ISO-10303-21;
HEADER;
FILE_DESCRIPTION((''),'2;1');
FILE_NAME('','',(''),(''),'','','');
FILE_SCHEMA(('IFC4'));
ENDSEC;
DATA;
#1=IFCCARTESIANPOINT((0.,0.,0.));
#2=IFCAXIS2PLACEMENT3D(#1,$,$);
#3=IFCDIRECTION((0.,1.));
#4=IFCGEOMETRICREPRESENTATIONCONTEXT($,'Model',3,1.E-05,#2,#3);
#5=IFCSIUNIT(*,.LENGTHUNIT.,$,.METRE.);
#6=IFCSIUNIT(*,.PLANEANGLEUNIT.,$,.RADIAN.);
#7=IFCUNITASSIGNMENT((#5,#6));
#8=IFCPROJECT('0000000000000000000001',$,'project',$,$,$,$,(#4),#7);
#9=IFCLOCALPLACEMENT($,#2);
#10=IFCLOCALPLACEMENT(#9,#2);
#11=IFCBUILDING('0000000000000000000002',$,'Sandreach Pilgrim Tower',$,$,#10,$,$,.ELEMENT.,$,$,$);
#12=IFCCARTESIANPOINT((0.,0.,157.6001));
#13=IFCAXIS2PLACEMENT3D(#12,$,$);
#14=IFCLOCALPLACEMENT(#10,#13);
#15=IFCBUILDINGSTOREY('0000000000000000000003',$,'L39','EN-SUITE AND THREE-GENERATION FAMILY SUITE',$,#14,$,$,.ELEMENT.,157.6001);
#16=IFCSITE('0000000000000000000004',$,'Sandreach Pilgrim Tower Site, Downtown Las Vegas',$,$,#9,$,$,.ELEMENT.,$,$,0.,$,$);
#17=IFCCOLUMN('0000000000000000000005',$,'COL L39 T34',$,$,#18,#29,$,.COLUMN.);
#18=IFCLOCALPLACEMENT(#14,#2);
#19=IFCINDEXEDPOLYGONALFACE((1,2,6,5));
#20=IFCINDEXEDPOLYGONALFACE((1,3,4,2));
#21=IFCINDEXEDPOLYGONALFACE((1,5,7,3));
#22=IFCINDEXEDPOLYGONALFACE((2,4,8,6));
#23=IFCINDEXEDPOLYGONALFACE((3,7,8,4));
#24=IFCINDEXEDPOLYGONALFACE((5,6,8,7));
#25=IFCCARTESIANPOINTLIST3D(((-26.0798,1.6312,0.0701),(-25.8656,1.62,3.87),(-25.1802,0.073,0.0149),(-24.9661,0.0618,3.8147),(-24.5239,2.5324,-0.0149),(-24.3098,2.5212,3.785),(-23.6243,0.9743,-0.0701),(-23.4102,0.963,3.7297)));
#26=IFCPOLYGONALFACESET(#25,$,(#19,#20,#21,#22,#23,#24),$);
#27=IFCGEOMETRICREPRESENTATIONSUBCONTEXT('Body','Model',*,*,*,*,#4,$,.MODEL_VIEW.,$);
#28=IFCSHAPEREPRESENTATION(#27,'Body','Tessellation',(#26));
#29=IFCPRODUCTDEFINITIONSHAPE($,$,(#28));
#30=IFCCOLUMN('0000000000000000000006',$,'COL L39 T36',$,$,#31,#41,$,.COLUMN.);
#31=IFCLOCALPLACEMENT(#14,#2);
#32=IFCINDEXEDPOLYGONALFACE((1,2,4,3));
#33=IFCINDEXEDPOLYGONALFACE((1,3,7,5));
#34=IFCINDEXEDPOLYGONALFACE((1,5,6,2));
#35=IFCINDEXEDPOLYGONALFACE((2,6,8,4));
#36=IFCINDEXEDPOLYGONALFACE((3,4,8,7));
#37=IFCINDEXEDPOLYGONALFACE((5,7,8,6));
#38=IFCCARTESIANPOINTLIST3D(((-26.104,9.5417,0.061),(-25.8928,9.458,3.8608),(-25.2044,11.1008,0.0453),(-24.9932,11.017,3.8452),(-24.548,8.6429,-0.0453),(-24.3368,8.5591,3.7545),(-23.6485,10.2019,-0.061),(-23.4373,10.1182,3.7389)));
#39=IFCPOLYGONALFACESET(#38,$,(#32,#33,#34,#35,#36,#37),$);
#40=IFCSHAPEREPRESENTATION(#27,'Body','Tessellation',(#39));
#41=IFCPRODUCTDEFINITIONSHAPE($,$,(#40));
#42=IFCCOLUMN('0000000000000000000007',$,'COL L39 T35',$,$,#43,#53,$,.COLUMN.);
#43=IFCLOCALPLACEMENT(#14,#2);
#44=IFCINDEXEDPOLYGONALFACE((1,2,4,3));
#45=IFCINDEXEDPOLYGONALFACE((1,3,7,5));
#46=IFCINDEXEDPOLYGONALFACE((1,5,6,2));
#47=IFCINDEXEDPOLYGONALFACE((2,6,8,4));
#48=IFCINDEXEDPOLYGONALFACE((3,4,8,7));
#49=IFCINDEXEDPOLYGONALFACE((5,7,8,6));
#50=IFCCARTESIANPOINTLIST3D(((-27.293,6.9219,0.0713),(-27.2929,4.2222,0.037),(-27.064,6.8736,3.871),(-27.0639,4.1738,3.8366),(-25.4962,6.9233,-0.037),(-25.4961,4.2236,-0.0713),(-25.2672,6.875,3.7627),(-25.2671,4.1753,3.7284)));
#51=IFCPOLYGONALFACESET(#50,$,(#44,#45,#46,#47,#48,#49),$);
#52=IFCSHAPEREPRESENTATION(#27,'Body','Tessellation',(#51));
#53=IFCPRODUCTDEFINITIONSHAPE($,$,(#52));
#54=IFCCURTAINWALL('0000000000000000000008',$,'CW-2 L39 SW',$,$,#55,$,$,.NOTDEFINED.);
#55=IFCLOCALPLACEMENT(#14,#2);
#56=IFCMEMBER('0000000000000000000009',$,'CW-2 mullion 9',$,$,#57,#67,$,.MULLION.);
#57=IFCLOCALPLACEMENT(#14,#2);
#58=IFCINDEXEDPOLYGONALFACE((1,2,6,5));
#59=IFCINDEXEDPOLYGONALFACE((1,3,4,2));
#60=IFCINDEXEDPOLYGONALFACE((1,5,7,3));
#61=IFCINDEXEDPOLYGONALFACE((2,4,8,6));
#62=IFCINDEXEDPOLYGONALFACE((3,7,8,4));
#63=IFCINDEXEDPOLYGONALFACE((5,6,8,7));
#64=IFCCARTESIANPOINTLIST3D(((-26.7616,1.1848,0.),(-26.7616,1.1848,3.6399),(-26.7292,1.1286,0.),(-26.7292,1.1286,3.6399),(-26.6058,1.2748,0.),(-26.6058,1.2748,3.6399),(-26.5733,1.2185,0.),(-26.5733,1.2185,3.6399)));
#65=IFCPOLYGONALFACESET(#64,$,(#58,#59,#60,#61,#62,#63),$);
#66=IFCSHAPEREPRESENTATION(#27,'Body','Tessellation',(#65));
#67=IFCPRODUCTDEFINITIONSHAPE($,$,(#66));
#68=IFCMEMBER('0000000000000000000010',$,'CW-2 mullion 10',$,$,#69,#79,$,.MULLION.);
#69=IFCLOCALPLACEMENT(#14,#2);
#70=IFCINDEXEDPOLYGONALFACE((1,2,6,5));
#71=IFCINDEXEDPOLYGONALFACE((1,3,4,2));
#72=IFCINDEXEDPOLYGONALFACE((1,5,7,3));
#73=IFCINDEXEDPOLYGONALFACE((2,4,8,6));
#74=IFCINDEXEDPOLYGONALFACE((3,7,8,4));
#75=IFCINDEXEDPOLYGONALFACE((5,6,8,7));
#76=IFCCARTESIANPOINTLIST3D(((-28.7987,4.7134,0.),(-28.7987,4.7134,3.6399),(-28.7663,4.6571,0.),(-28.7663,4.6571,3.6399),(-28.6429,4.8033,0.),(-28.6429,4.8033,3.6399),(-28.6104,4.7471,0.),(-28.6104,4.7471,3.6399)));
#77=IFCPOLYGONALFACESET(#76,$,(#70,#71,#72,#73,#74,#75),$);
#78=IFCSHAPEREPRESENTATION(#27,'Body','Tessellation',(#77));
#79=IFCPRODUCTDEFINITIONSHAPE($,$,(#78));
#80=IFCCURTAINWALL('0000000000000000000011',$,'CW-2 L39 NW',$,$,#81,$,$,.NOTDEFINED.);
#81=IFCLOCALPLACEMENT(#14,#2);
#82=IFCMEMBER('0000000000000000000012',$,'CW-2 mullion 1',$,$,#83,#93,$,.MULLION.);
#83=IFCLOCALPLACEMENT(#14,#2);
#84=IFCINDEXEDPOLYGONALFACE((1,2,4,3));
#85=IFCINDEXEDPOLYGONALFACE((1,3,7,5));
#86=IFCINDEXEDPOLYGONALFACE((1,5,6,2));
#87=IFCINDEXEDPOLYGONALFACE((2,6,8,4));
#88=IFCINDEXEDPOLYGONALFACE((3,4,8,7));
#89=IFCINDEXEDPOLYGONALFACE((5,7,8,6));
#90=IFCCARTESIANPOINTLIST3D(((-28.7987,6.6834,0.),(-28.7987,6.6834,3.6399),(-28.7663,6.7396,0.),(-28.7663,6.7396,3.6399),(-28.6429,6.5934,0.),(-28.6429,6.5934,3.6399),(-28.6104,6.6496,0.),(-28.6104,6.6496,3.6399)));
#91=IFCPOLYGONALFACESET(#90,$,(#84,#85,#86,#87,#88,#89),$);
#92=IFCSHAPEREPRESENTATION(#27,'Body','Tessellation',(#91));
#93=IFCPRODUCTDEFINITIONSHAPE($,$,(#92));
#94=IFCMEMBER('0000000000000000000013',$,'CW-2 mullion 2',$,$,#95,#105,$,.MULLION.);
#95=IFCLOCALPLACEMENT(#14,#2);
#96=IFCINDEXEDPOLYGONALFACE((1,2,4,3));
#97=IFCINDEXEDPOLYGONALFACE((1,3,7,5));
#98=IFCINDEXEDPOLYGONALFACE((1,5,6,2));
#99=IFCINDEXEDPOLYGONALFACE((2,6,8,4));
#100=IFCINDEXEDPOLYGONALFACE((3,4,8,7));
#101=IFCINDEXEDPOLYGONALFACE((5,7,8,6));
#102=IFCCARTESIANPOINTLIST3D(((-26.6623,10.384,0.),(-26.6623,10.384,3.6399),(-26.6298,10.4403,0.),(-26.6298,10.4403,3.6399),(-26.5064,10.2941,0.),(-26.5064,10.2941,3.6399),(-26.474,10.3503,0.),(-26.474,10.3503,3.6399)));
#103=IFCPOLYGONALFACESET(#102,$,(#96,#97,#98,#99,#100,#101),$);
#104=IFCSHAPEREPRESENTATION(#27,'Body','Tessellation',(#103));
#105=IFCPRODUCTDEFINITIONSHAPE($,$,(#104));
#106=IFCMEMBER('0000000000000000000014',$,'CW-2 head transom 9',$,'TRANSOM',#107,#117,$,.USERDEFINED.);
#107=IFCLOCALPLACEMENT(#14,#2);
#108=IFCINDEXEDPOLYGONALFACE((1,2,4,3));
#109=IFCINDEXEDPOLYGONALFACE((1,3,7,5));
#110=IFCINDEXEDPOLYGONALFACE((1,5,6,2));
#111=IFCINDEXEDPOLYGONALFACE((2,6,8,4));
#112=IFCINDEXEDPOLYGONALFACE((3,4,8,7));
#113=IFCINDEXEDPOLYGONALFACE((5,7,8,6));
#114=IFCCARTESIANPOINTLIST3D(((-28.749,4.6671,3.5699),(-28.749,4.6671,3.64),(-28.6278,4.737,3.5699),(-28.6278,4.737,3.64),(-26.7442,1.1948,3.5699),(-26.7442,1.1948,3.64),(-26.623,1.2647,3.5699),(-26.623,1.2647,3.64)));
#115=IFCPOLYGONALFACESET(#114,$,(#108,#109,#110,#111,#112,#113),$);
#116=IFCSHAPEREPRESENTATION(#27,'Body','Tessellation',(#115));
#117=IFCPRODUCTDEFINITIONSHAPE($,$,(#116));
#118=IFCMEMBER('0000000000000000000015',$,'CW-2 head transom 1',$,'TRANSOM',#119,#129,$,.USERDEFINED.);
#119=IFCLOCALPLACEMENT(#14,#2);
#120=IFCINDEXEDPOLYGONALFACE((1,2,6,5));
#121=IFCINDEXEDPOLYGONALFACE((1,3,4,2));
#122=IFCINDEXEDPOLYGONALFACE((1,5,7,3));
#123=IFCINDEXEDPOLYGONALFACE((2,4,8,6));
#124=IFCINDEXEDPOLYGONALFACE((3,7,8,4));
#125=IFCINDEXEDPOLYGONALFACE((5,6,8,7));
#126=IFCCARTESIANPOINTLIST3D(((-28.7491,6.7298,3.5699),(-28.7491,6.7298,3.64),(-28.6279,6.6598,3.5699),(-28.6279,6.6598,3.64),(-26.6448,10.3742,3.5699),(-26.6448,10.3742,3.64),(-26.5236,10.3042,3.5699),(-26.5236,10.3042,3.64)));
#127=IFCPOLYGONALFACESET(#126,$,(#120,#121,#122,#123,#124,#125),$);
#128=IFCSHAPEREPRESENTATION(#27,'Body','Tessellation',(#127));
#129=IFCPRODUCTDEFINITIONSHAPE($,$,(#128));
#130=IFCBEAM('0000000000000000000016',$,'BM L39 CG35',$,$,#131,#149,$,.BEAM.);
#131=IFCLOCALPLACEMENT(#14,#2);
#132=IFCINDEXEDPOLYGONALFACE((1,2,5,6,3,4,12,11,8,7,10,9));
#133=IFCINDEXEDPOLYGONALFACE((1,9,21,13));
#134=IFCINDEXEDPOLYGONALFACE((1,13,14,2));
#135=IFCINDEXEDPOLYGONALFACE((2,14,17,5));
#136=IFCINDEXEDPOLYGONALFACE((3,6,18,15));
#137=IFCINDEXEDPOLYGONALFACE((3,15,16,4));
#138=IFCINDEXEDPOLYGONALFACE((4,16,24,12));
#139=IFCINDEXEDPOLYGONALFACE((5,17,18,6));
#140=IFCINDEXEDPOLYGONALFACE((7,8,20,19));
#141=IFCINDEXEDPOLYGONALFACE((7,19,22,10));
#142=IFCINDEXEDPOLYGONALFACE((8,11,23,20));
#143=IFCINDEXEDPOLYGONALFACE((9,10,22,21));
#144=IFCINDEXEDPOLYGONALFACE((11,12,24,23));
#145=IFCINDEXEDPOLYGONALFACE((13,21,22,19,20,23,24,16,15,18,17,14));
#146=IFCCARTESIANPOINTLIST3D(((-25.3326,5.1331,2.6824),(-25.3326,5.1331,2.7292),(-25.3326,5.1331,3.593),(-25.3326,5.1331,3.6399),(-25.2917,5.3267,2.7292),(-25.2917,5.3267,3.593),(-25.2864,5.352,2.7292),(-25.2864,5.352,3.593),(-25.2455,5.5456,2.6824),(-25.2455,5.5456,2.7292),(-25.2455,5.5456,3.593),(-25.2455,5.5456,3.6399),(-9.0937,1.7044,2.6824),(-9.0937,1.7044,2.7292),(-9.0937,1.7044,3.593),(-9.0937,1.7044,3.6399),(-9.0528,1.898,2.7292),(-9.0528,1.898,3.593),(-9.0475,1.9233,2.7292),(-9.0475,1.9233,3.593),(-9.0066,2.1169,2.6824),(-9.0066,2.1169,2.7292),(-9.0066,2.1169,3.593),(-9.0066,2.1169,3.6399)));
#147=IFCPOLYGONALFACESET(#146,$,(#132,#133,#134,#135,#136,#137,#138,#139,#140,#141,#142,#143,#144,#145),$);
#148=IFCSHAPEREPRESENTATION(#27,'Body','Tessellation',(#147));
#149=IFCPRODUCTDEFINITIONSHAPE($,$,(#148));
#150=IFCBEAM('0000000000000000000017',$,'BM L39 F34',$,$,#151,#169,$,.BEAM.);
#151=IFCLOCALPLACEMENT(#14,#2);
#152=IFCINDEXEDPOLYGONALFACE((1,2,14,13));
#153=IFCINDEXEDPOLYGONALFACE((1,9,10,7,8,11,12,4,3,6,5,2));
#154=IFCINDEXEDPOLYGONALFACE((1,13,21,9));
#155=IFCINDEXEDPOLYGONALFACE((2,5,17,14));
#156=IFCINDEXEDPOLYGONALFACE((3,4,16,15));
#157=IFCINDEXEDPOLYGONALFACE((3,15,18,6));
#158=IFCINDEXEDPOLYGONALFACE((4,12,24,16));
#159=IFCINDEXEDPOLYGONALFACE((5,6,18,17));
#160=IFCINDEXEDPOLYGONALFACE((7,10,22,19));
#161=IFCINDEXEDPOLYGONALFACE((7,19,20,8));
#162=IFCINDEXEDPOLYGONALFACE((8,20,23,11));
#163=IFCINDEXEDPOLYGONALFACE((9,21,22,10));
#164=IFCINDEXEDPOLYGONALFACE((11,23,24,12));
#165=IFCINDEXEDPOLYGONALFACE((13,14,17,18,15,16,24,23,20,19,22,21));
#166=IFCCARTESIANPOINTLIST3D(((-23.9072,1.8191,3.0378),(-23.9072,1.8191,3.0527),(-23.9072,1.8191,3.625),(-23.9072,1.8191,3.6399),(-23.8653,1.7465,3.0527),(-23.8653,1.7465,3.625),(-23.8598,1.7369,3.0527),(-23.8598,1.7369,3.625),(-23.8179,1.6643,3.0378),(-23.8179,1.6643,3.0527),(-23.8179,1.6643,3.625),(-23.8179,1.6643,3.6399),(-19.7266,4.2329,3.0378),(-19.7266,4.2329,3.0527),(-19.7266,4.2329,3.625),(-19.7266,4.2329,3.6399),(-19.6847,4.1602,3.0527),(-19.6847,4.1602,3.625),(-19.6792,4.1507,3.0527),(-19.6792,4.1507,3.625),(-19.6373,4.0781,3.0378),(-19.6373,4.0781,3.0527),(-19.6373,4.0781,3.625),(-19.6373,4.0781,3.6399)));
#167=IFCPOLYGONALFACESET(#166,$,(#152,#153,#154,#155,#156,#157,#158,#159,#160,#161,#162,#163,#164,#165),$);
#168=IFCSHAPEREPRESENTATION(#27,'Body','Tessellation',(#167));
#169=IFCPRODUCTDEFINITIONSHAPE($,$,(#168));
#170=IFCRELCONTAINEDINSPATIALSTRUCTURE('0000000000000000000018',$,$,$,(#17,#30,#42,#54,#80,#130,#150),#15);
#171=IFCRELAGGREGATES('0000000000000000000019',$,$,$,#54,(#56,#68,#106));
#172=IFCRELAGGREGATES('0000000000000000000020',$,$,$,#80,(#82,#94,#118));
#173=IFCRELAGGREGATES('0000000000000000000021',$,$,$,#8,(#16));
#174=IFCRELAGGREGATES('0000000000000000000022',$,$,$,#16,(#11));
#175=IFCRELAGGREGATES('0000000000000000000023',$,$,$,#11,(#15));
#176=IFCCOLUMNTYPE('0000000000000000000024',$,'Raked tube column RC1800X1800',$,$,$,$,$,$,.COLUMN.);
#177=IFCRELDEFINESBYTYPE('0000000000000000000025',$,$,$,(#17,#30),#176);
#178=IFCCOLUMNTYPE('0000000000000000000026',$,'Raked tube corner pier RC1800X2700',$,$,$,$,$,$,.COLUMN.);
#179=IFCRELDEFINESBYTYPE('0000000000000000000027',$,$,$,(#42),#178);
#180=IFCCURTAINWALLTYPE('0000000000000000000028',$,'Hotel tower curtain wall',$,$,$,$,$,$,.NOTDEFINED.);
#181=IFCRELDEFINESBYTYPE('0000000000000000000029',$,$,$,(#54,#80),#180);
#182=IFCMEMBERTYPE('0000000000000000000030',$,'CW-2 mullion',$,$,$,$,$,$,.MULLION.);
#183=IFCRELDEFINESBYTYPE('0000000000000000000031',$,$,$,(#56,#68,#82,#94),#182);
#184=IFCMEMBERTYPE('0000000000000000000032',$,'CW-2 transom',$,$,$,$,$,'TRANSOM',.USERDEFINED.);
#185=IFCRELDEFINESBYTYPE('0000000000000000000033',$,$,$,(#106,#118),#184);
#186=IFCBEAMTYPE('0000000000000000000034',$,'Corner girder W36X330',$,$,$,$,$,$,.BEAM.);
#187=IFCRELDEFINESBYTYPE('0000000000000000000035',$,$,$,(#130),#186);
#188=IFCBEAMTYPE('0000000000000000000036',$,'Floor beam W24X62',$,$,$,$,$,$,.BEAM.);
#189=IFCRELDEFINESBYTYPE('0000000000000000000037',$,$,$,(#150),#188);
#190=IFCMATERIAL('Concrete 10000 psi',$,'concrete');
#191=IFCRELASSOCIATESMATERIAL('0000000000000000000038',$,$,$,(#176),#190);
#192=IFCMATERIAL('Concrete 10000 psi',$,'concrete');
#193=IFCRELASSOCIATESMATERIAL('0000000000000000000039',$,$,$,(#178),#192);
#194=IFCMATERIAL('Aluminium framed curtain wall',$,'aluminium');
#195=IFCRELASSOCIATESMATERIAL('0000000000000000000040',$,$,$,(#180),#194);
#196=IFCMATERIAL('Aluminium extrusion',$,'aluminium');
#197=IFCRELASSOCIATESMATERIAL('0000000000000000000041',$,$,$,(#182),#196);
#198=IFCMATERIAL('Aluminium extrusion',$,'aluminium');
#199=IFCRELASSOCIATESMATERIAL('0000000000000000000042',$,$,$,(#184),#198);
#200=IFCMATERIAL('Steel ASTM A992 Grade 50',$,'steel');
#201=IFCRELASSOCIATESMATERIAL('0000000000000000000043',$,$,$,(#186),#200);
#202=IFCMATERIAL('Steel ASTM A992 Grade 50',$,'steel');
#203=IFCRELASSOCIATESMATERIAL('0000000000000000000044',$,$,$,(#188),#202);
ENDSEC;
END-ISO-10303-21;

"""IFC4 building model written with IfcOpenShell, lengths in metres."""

from ifc_helpers import new_model, si_unit, direction, frame, origin, origin_2d, place, context, subcontext, project, spatial, rectangle, i_section, extrude, material, material_profile, profile_set, type_object, element, aggregate, save


model = new_model("IFC4")

# Units and contexts
model_context = context("Model", 3, precision=1e-05, world=origin(), true_north=direction((0.0, 1.0)))
body_context = subcontext(model_context, "Body", "Model", "MODEL_VIEW")
ifc_project = project(units=[si_unit("LENGTHUNIT", "METRE"), si_unit("PLANEANGLEUNIT", "RADIAN")], contexts=[model_context])

# Site, building, storey
site_placement = place(None, origin())
site = spatial("IfcSite", under=ifc_project, at=site_placement, Name="Sandreach Pilgrim Tower Site, Downtown Las Vegas", CompositionType="ELEMENT", RefElevation=0.0)
building_placement = place(site_placement, origin())
building = spatial("IfcBuilding", under=site, at=building_placement, Name="Sandreach Pilgrim Tower", CompositionType="ELEMENT")
storey_placement = place(building_placement, frame((0.0, 0.0, 157.6001)))
storey = spatial("IfcBuildingStorey", under=building, at=storey_placement, Name="L39", Description="EN-SUITE AND THREE-GENERATION FAMILY SUITE", CompositionType="ELEMENT", Elevation=157.6001)

# Columns
ifc_material_1 = material(Name="Concrete 10000 psi", Category="concrete")
ifc_material_profile_1 = material_profile(ifc_material_1, rectangle(XDim=1.8, YDim=1.8, at=origin_2d()), Name="RC1800X1800")
ifc_profile_set_1 = profile_set([ifc_material_profile_1], Name="Concrete 10000 psi")
column_type_1 = type_object("IfcColumnType", Name="Raked tube column RC1800X1800", PredefinedType="COLUMN", material=ifc_profile_set_1)
column_1_placement = place(storey_placement, frame((-24.8521, 1.3027, 0.0), z_axis=(0.056258, -0.002951, 0.998412), x_axis=(-0.864347, -0.500673, 0.047224)))
element("IfcColumn", 1, at=column_1_placement, inside=storey, type_object=column_type_1, Name="COL L39 T34", PredefinedType="COLUMN", context=body_context, shape_type="SweptSolid", body=[
    extrude(rectangle(XDim=1.8, YDim=1.8, at=origin_2d()), origin(), (0.0, 0.0, 1.0), 3.8059),
])
column_2_placement = place(storey_placement, frame((-24.8762, 9.8718, 0.0), z_axis=(0.055478, -0.021999, 0.998218), x_axis=(-0.864393, 0.499339, 0.059045)))
element("IfcColumn", 2, at=column_2_placement, inside=storey, type_object=column_type_1, Name="COL L39 T36", PredefinedType="COLUMN", context=body_context, shape_type="SweptSolid", body=[
    extrude(rectangle(XDim=1.8, YDim=1.8, at=origin_2d()), origin(), (0.0, 0.0, 1.0), 3.8066),
])
ifc_material_2 = material(Name="Concrete 10000 psi", Category="concrete")
ifc_material_profile_2 = material_profile(ifc_material_2, rectangle(XDim=1.8, YDim=2.7, at=origin_2d()), Name="RC1800X2700")
ifc_profile_set_2 = profile_set([ifc_material_profile_2], Name="Concrete 10000 psi")
column_type_2 = type_object("IfcColumnType", Name="Raked tube corner pier RC1800X2700", PredefinedType="COLUMN", material=ifc_profile_set_2)
column_3_placement = place(storey_placement, frame((-26.3945, 5.5728, 0.0), z_axis=(0.060153, -0.012698, 0.998108), x_axis=(-0.998189, -0.000809, 0.060148)))
element("IfcColumn", 3, at=column_3_placement, inside=storey, type_object=column_type_2, Name="COL L39 T35", PredefinedType="COLUMN", context=body_context, shape_type="SweptSolid", body=[
    extrude(rectangle(XDim=1.8, YDim=2.7, at=origin_2d()), origin(), (0.0, 0.0, 1.0), 3.8069),
])

# Curtain walls, members
ifc_material_3 = material(Name="Aluminium framed curtain wall", Category="aluminium")
curtain_wall_type = type_object("IfcCurtainWallType", Name="Hotel tower curtain wall", PredefinedType="NOTDEFINED", material=ifc_material_3)
curtain_wall_1_placement = place(storey_placement, origin())
curtain_wall_1 = element("IfcCurtainWall", 4, at=curtain_wall_1_placement, inside=storey, type_object=curtain_wall_type, Name="CW-2 L39 SW", PredefinedType="NOTDEFINED")
ifc_material_4 = material(Name="Aluminium extrusion", Category="aluminium")
ifc_material_profile_3 = material_profile(ifc_material_4, rectangle(XDim=0.0649, YDim=0.1799, at=origin_2d()), Name="CW-2M 65X180")
ifc_profile_set_3 = profile_set([ifc_material_profile_3], Name="Aluminium extrusion")
member_type_1 = type_object("IfcMemberType", Name="CW-2 mullion", PredefinedType="MULLION", material=ifc_profile_set_3)
member_1_placement = place(storey_placement, frame((-26.6675, 1.2017, 0.0), z_axis=(0.0, 0.0, 1.0), x_axis=(-0.5, 0.866025, 0.0)))
member_1 = element("IfcMember", 5, at=member_1_placement, type_object=member_type_1, Name="CW-2 mullion 9", PredefinedType="MULLION", context=body_context, shape_type="SweptSolid", body=[
    extrude(rectangle(XDim=0.0649, YDim=0.1799, at=origin_2d()), origin(), (0.0, 0.0, 1.0), 3.6399),
])
member_2_placement = place(storey_placement, frame((-28.7046, 4.7302, 0.0), z_axis=(0.0, 0.0, 1.0), x_axis=(-0.5, 0.866025, 0.0)))
member_2 = element("IfcMember", 6, at=member_2_placement, type_object=member_type_1, Name="CW-2 mullion 10", PredefinedType="MULLION", context=body_context, shape_type="SweptSolid", body=[
    extrude(rectangle(XDim=0.0649, YDim=0.1799, at=origin_2d()), origin(), (0.0, 0.0, 1.0), 3.6399),
])
curtain_wall_2_placement = place(storey_placement, origin())
curtain_wall_2 = element("IfcCurtainWall", 7, at=curtain_wall_2_placement, inside=storey, type_object=curtain_wall_type, Name="CW-2 L39 NW", PredefinedType="NOTDEFINED")
member_3_placement = place(storey_placement, frame((-28.7046, 6.6665, 0.0), z_axis=(0.0, 0.0, 1.0), x_axis=(0.5, 0.866025, 0.0)))
member_3 = element("IfcMember", 8, at=member_3_placement, type_object=member_type_1, Name="CW-2 mullion 1", PredefinedType="MULLION", context=body_context, shape_type="SweptSolid", body=[
    extrude(rectangle(XDim=0.0649, YDim=0.1799, at=origin_2d()), origin(), (0.0, 0.0, 1.0), 3.6399),
])
member_4_placement = place(storey_placement, frame((-26.5681, 10.3672, 0.0), z_axis=(0.0, 0.0, 1.0), x_axis=(0.5, 0.866025, 0.0)))
member_4 = element("IfcMember", 9, at=member_4_placement, type_object=member_type_1, Name="CW-2 mullion 2", PredefinedType="MULLION", context=body_context, shape_type="SweptSolid", body=[
    extrude(rectangle(XDim=0.0649, YDim=0.1799, at=origin_2d()), origin(), (0.0, 0.0, 1.0), 3.6399),
])

# Members
ifc_material_5 = material(Name="Aluminium extrusion", Category="aluminium")
ifc_material_profile_4 = material_profile(ifc_material_5, rectangle(XDim=0.1399, YDim=0.0701, at=origin_2d()), Name="CW-2T 140X70")
ifc_profile_set_4 = profile_set([ifc_material_profile_4], Name="Aluminium extrusion")
member_type_2 = type_object("IfcMemberType", Name="CW-2 transom", ElementType="TRANSOM", PredefinedType="USERDEFINED", material=ifc_profile_set_4)
member_5_placement = place(storey_placement, frame((-26.6836, 1.2297, 3.605), z_axis=(-0.500016, 0.866016, 0.0), x_axis=(-0.866016, -0.500016, 0.0)))
member_5 = element("IfcMember", 10, at=member_5_placement, type_object=member_type_2, Name="CW-2 head transom 9", ObjectType="TRANSOM", PredefinedType="USERDEFINED", context=body_context, shape_type="SweptSolid", body=[
    extrude(rectangle(XDim=0.1399, YDim=0.0701, at=origin_2d()), origin(), (0.0, 0.0, 1.0), 4.0095),
])
member_6_placement = place(storey_placement, frame((-28.6885, 6.6948, 3.605), z_axis=(0.500039, 0.866003, 0.0), x_axis=(-0.866003, 0.500039, 0.0)))
member_6 = element("IfcMember", 11, at=member_6_placement, type_object=member_type_2, Name="CW-2 head transom 1", ObjectType="TRANSOM", PredefinedType="USERDEFINED", context=body_context, shape_type="SweptSolid", body=[
    extrude(rectangle(XDim=0.1399, YDim=0.0701, at=origin_2d()), origin(), (0.0, 0.0, 1.0), 4.2083),
])

# Beams
ifc_material_6 = material(Name="Steel ASTM A992 Grade 50", Category="steel")
ifc_material_profile_5 = material_profile(ifc_material_6, i_section(OverallWidth=0.4216, OverallDepth=0.9575, WebThickness=0.0259, FlangeThickness=0.0469, at=origin_2d()), Name="W36X330")
ifc_profile_set_5 = profile_set([ifc_material_profile_5], Name="Steel ASTM A992 Grade 50")
beam_type_1 = type_object("IfcBeamType", Name="Corner girder W36X330", PredefinedType="BEAM", material=ifc_profile_set_5)
beam_1_placement = place(storey_placement, frame((-25.2891, 5.3394, 3.1611), z_axis=(0.978429, -0.206586, 0.0), x_axis=(0.206586, 0.978429, 0.0)))
element("IfcBeam", 12, at=beam_1_placement, inside=storey, type_object=beam_type_1, Name="BM L39 CG35", PredefinedType="BEAM", context=body_context, shape_type="SweptSolid", body=[
    extrude(i_section(OverallWidth=0.4216, OverallDepth=0.9575, WebThickness=0.0259, FlangeThickness=0.0469, at=origin_2d()), origin(), (0.0, 0.0, 1.0), 16.5969),
])
ifc_material_7 = material(Name="Steel ASTM A992 Grade 50", Category="steel")
ifc_material_profile_6 = material_profile(ifc_material_7, i_section(OverallWidth=0.1787, OverallDepth=0.6021, WebThickness=0.011, FlangeThickness=0.0149, at=origin_2d()), Name="W24X62")
ifc_profile_set_6 = profile_set([ifc_material_profile_6], Name="Steel ASTM A992 Grade 50")
beam_type_2 = type_object("IfcBeamType", Name="Floor beam W24X62", PredefinedType="BEAM", material=ifc_profile_set_6)
beam_2_placement = place(storey_placement, frame((-23.8625, 1.7417, 3.3389), z_axis=(0.866015, 0.500017, 0.0), x_axis=(-0.500017, 0.866015, 0.0)))
element("IfcBeam", 13, at=beam_2_placement, inside=storey, type_object=beam_type_2, Name="BM L39 F34", PredefinedType="BEAM", context=body_context, shape_type="SweptSolid", body=[
    extrude(i_section(OverallWidth=0.1787, OverallDepth=0.6021, WebThickness=0.011, FlangeThickness=0.0149, at=origin_2d()), origin(), (0.0, 0.0, 1.0), 4.8274),
])

aggregate(curtain_wall_1, [member_1, member_2, member_5])
aggregate(curtain_wall_2, [member_3, member_4, member_6])

save(model, "model.ifc")
